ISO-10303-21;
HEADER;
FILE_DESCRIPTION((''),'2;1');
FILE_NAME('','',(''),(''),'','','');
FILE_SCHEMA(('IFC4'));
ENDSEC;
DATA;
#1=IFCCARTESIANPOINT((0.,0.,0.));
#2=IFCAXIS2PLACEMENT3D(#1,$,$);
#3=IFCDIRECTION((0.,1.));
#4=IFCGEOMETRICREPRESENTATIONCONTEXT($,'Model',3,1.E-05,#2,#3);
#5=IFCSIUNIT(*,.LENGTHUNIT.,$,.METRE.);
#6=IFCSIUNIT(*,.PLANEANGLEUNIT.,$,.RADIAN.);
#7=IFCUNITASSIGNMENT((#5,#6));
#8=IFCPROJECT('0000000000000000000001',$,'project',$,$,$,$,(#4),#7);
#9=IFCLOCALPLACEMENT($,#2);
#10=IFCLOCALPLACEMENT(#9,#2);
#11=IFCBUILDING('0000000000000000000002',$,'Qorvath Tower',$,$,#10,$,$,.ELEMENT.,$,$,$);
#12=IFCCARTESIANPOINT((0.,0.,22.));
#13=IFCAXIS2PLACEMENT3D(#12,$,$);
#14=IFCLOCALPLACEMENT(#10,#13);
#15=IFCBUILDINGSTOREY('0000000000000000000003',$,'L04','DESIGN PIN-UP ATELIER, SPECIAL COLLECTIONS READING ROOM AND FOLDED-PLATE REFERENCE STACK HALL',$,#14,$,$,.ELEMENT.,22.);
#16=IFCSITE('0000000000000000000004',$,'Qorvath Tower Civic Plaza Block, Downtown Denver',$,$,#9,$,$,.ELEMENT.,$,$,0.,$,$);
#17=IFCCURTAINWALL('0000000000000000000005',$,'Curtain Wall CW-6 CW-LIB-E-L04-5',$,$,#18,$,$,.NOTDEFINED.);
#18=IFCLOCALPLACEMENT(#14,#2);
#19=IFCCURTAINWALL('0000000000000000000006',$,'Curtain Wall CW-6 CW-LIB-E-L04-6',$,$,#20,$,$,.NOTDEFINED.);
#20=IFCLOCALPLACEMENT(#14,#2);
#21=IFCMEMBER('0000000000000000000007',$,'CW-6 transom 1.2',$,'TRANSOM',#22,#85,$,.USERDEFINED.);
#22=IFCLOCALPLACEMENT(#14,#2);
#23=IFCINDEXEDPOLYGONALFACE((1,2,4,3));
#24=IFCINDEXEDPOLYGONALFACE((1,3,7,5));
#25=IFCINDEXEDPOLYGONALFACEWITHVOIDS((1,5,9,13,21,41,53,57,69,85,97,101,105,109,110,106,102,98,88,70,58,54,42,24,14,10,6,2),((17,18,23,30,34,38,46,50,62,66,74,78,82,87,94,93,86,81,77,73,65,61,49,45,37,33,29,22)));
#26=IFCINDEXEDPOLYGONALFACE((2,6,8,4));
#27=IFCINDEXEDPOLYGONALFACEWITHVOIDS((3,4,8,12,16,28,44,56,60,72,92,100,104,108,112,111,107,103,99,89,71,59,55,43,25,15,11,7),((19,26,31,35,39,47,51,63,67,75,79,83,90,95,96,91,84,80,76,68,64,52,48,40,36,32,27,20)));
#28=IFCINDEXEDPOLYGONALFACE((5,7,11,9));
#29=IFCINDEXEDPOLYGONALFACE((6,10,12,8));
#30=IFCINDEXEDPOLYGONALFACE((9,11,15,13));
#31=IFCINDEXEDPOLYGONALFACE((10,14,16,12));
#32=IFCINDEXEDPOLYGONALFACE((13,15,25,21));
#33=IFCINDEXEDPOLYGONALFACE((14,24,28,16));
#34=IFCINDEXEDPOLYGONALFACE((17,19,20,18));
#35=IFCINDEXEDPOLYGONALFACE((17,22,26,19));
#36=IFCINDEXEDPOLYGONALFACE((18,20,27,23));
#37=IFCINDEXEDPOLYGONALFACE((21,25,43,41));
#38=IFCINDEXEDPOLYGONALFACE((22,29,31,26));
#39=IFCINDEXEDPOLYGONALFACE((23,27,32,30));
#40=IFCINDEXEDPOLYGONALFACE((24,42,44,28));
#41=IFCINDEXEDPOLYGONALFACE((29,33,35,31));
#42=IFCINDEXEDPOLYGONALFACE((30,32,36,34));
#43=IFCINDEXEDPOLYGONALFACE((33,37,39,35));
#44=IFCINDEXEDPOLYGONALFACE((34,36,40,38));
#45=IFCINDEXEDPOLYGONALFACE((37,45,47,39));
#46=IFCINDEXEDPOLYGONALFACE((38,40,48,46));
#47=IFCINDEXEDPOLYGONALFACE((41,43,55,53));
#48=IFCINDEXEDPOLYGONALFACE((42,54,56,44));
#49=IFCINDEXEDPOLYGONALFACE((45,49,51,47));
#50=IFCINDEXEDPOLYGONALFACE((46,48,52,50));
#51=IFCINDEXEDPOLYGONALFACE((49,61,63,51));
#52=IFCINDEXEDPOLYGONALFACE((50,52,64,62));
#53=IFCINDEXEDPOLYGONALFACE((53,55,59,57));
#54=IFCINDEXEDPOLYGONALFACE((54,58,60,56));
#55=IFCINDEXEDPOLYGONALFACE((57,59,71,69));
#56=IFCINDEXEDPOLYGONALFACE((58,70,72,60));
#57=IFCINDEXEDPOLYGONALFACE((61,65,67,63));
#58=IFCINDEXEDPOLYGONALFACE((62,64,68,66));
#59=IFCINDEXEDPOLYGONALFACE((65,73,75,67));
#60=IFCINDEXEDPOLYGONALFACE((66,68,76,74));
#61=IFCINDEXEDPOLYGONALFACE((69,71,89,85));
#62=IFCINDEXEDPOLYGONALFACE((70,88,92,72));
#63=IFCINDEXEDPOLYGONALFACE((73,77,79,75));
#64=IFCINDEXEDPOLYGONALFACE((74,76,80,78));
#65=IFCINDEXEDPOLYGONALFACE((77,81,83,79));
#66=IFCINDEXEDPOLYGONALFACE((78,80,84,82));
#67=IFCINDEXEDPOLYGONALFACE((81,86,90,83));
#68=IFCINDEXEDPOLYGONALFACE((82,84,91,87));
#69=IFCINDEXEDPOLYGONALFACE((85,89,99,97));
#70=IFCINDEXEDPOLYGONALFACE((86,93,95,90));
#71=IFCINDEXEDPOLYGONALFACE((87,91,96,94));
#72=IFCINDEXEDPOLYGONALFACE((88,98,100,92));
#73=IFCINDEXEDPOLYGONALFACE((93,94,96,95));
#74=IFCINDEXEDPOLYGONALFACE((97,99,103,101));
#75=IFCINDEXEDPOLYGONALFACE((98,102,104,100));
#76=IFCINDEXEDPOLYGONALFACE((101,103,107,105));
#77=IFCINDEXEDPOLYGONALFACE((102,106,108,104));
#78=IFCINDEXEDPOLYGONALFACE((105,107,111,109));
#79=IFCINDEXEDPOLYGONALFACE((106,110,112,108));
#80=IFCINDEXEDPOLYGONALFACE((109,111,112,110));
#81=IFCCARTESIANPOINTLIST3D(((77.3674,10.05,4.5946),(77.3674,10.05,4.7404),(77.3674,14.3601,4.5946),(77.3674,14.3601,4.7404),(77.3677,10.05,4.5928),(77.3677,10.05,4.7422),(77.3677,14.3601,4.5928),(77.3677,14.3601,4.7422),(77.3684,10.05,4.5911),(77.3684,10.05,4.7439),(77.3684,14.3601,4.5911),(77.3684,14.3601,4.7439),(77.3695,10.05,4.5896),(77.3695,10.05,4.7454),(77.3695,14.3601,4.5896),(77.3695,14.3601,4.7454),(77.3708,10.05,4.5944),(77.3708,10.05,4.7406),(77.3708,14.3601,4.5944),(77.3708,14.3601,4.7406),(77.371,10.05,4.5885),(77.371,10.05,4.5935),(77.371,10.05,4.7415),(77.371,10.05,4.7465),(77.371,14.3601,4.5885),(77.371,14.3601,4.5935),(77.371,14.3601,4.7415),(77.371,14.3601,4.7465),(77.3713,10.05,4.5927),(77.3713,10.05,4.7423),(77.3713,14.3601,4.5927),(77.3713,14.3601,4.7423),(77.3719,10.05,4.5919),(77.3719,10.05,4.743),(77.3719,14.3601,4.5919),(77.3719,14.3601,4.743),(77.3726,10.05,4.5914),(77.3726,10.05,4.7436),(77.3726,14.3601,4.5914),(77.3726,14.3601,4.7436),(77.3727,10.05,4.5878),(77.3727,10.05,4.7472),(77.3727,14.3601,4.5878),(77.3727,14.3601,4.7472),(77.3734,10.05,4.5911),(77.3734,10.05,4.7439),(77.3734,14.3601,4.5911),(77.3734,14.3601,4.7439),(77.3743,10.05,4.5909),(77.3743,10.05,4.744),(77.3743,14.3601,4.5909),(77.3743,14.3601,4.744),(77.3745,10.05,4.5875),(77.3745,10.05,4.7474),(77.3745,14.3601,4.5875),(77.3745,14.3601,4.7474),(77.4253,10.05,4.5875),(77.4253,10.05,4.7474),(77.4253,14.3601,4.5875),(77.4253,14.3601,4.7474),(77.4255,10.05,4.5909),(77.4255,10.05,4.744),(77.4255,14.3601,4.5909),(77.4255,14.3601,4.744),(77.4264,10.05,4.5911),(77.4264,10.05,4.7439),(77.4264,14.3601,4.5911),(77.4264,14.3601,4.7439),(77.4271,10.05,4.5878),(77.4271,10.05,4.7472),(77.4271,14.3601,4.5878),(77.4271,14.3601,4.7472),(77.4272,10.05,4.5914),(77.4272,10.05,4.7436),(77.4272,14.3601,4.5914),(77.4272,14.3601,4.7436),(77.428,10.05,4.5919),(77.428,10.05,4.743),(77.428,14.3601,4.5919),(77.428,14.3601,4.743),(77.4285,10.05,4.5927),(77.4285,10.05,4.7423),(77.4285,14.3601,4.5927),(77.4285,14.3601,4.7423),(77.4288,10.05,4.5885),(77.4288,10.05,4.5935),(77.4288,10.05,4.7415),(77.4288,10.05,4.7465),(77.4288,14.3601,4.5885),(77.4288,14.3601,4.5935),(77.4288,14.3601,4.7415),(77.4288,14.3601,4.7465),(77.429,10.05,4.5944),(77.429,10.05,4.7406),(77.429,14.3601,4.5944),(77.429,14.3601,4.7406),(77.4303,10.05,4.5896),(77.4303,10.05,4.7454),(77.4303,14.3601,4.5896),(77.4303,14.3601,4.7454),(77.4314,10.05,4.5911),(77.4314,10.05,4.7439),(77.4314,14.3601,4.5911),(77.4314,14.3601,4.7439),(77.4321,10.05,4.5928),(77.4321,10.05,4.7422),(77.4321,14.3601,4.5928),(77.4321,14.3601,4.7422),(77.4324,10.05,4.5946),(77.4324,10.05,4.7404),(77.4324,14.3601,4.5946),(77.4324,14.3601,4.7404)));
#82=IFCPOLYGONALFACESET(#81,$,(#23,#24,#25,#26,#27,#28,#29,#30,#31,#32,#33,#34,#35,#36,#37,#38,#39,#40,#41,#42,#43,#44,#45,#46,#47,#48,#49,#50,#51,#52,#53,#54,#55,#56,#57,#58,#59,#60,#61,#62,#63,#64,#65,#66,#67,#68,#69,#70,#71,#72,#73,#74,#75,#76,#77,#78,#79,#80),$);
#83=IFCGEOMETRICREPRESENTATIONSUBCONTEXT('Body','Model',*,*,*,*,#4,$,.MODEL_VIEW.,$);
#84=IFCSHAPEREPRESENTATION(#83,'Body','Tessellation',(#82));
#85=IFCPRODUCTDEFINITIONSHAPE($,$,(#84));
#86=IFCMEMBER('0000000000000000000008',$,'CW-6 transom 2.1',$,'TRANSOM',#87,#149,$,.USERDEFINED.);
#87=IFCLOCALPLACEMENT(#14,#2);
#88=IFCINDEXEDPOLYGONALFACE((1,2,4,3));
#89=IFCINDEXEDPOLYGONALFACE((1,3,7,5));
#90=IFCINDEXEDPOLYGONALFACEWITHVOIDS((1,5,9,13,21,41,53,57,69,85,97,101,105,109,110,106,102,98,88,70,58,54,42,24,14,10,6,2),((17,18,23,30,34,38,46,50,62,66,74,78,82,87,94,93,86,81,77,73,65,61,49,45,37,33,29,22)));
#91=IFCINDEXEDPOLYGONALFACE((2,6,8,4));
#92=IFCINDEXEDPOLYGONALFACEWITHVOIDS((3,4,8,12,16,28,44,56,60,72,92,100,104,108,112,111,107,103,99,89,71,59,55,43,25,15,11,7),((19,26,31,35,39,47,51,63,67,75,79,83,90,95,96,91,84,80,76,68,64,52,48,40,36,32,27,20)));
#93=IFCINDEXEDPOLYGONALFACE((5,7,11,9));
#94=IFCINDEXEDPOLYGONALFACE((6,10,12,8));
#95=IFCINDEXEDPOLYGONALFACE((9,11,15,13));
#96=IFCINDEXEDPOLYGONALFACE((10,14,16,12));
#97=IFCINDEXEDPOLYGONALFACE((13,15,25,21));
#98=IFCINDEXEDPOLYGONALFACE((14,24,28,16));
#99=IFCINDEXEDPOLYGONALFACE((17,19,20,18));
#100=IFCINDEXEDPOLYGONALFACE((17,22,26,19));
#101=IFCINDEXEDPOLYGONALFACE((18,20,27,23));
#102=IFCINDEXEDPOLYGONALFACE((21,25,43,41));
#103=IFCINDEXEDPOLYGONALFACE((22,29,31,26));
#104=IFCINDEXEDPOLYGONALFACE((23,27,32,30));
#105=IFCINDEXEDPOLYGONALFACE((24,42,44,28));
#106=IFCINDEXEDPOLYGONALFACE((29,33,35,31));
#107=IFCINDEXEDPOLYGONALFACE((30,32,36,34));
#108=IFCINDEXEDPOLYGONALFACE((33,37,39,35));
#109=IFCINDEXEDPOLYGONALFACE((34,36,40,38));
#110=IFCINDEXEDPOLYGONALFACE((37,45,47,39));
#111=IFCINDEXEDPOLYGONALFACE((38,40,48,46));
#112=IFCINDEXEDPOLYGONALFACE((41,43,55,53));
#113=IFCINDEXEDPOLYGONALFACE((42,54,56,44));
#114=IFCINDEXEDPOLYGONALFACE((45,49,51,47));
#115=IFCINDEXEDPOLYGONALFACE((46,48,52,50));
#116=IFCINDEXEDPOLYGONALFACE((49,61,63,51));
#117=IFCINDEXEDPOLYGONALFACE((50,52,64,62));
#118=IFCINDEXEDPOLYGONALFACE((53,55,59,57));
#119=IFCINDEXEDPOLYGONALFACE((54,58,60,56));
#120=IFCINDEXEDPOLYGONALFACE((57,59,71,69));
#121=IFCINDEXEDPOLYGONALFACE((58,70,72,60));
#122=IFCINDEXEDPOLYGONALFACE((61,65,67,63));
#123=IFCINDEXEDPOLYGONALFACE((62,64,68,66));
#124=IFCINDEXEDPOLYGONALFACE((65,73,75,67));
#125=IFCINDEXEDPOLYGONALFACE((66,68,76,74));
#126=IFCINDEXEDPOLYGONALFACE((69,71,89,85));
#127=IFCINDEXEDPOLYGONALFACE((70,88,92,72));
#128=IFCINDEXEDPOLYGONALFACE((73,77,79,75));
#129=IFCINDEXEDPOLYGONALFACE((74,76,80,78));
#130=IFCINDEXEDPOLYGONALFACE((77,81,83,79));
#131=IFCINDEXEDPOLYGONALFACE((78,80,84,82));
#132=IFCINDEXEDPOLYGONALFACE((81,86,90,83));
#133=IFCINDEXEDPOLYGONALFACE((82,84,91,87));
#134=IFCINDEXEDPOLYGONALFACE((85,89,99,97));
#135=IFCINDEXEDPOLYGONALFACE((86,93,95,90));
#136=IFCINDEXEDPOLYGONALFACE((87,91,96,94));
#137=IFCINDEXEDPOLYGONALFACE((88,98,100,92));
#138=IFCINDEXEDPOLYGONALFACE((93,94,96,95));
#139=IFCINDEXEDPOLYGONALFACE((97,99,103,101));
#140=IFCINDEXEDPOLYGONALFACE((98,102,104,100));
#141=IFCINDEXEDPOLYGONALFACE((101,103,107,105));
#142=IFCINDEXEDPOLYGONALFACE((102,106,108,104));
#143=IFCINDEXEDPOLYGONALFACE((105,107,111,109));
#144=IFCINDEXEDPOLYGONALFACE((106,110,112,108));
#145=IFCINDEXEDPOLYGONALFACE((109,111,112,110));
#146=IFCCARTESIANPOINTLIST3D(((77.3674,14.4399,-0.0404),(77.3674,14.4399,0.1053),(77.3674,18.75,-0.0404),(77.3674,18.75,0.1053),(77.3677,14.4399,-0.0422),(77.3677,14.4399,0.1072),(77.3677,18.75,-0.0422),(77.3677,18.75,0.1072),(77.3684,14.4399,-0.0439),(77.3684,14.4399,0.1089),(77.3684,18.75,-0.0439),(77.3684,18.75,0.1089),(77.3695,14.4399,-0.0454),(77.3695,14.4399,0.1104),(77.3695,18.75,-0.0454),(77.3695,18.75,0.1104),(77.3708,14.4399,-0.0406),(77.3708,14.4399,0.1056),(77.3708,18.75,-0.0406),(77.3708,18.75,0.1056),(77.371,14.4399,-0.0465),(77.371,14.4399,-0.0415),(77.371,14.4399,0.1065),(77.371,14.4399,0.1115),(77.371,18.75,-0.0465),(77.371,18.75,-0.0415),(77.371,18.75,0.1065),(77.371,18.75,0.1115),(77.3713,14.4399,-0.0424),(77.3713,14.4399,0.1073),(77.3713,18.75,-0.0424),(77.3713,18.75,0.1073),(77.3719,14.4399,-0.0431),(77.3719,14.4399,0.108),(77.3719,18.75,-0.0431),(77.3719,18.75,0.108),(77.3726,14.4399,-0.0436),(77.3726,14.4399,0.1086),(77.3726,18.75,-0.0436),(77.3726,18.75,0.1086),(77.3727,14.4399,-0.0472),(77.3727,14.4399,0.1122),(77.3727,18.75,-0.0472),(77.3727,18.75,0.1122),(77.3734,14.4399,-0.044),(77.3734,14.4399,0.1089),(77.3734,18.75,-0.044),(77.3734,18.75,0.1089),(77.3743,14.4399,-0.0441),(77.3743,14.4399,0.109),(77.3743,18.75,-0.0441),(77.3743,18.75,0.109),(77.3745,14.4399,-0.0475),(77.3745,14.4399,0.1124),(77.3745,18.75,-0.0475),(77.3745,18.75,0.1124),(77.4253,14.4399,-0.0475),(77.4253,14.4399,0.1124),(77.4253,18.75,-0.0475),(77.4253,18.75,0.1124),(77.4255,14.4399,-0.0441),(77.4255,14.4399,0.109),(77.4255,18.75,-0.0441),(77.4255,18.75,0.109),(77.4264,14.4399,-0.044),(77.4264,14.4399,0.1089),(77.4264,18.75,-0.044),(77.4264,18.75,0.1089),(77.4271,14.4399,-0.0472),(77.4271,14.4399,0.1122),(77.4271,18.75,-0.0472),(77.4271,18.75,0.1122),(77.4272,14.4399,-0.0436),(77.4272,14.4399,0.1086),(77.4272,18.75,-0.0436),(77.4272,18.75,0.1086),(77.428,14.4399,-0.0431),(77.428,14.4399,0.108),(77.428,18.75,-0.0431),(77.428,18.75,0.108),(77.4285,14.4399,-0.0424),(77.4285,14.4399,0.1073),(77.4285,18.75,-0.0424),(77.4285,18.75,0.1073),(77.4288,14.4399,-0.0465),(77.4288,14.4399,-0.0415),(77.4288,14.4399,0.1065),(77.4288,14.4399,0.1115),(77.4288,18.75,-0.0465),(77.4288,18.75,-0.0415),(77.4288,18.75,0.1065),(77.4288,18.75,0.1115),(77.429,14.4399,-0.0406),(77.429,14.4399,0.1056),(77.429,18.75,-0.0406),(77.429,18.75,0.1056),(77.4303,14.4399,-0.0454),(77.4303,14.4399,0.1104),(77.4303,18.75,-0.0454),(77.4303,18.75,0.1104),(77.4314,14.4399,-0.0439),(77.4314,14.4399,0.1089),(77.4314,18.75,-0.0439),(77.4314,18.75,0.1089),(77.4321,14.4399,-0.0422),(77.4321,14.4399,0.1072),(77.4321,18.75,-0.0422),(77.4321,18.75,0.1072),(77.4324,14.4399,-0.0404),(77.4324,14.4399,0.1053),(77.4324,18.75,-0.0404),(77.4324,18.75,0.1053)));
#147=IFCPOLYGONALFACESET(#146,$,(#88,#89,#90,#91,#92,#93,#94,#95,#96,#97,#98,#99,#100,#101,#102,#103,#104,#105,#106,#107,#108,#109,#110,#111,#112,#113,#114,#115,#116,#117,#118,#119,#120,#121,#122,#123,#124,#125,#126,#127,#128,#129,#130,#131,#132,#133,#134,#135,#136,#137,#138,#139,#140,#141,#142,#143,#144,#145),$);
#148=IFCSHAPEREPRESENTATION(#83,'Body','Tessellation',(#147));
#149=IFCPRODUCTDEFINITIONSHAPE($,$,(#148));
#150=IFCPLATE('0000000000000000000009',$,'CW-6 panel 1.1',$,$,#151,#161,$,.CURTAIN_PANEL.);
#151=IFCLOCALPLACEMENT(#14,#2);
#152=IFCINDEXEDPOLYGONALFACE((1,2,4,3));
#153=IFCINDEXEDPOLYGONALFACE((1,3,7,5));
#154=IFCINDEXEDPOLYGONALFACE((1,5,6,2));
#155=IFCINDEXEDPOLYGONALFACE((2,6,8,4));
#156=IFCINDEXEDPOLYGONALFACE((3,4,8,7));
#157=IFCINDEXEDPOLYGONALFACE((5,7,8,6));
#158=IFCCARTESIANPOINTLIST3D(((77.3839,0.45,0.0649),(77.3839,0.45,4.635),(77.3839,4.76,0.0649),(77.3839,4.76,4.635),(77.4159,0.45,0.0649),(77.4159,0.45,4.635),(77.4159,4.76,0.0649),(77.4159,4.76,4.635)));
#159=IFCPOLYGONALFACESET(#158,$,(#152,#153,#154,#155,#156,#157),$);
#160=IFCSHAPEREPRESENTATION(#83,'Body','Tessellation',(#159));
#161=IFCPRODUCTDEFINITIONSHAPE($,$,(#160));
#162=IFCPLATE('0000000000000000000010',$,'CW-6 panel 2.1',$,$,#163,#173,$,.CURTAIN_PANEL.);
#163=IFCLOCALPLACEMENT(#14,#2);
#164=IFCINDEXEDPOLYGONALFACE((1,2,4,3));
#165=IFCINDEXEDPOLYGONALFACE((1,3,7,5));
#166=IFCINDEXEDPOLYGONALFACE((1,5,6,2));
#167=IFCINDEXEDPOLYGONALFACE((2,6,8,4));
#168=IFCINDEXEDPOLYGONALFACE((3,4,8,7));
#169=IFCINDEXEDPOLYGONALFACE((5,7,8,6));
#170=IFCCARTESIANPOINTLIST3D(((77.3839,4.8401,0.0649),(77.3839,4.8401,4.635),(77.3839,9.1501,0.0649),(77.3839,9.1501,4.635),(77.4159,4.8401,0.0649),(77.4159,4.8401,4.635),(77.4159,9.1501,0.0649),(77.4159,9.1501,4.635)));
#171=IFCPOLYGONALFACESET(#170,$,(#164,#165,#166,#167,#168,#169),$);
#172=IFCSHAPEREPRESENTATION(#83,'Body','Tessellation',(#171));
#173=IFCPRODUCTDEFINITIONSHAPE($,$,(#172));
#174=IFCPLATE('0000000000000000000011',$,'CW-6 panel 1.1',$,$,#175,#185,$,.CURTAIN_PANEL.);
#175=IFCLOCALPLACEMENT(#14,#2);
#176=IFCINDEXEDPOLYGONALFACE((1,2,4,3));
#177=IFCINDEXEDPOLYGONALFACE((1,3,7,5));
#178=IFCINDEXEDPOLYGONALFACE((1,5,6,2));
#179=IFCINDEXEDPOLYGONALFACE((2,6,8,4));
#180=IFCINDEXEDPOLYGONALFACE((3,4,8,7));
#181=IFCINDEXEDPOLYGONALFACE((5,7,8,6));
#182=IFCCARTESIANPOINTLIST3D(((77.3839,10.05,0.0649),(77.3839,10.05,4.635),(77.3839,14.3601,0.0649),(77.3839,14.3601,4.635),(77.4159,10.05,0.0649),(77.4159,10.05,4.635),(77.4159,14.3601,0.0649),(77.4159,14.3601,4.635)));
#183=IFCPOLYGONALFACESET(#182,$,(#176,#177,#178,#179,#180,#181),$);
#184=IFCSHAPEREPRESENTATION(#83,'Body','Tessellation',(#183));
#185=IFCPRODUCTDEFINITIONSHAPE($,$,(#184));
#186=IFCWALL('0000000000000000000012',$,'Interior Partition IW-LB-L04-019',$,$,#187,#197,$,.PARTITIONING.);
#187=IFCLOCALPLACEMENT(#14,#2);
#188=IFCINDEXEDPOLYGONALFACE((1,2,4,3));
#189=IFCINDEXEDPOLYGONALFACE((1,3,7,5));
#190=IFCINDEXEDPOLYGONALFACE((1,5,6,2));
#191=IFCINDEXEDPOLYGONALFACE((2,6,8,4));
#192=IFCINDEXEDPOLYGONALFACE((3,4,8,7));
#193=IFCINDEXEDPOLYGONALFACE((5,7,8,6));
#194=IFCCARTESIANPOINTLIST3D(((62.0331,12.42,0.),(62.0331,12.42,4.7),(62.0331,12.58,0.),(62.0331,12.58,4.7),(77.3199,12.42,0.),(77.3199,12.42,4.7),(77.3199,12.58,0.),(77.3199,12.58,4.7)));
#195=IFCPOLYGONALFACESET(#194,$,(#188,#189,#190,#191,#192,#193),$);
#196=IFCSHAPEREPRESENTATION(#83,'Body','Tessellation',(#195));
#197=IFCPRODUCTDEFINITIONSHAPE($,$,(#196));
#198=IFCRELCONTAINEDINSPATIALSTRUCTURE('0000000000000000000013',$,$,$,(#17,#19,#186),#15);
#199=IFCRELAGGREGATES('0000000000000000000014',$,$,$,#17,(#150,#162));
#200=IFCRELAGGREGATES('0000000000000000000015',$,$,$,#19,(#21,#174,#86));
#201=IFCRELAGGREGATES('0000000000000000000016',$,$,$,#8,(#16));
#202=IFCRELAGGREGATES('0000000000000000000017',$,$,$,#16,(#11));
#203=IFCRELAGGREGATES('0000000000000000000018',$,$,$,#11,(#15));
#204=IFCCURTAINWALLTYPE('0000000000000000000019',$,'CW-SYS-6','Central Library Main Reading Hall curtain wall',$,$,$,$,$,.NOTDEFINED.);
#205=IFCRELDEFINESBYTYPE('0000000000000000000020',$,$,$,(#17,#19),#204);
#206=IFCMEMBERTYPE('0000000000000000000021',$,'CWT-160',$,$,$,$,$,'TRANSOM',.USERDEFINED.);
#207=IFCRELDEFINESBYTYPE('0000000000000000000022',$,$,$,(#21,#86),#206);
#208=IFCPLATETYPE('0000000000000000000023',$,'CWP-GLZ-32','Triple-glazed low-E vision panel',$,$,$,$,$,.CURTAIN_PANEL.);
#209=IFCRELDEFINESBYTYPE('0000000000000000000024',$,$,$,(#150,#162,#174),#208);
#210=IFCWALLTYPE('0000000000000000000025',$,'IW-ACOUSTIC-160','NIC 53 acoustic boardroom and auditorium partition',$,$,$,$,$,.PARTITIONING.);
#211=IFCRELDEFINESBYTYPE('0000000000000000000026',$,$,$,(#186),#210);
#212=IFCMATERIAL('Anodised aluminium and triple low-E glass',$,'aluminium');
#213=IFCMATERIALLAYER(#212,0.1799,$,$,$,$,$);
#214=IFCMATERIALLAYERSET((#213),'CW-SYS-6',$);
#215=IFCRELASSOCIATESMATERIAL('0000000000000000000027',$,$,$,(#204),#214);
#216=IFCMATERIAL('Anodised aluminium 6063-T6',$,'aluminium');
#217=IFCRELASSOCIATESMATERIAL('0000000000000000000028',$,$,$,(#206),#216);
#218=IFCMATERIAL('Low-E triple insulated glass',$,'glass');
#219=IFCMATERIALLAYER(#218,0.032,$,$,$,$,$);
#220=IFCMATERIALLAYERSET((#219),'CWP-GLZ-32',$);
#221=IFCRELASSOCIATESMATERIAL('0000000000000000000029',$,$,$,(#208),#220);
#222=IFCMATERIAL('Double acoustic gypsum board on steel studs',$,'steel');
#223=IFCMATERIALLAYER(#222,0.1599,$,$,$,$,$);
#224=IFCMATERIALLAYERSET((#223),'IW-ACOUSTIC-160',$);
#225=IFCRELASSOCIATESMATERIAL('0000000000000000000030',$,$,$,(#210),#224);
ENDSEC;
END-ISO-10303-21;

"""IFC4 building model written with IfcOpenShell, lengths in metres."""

from ifc_helpers import new_model, si_unit, direction, frame, frame_2d, origin, origin_2d, place, context, subcontext, project, spatial, rectangle, hollow_rectangle, extrude, material, layer, layer_set, material_profile, profile_set, type_object, element, aggregate, save


model = new_model("IFC4")

# Units and contexts
model_context = context("Model", 3, precision=1e-05, world=origin(), true_north=direction((0.0, 1.0)))
body_context = subcontext(model_context, "Body", "Model", "MODEL_VIEW")
ifc_project = project(units=[si_unit("LENGTHUNIT", "METRE"), si_unit("PLANEANGLEUNIT", "RADIAN")], contexts=[model_context])

# Site, building, storey
site_placement = place(None, origin())
site = spatial("IfcSite", under=ifc_project, at=site_placement, Name="Qorvath Tower Civic Plaza Block, Downtown Denver", CompositionType="ELEMENT", RefElevation=0.0)
building_placement = place(site_placement, origin())
building = spatial("IfcBuilding", under=site, at=building_placement, Name="Qorvath Tower", CompositionType="ELEMENT")
storey_placement = place(building_placement, frame((0.0, 0.0, 22.0)))
storey = spatial("IfcBuildingStorey", under=building, at=storey_placement, Name="L04", Description="DESIGN PIN-UP ATELIER, SPECIAL COLLECTIONS READING ROOM AND FOLDED-PLATE REFERENCE STACK HALL", CompositionType="ELEMENT", Elevation=22.0)

# Curtain walls
ifc_material_1 = material(Name="Anodised aluminium and triple low-E glass", Category="aluminium")
ifc_layer_1 = layer(ifc_material_1, 0.1799)
ifc_layer_set_1 = layer_set([ifc_layer_1], Name="CW-SYS-6")
curtain_wall_type = type_object("IfcCurtainWallType", Name="CW-SYS-6", Description="Central Library Main Reading Hall curtain wall", PredefinedType="NOTDEFINED", material=ifc_layer_set_1)
curtain_wall_1_placement = place(storey_placement, origin())
curtain_wall_1 = element("IfcCurtainWall", 1, at=curtain_wall_1_placement, inside=storey, type_object=curtain_wall_type, Name="Curtain Wall CW-6 CW-LIB-E-L04-5", PredefinedType="NOTDEFINED")
curtain_wall_2_placement = place(storey_placement, origin())
curtain_wall_2 = element("IfcCurtainWall", 2, at=curtain_wall_2_placement, inside=storey, type_object=curtain_wall_type, Name="Curtain Wall CW-6 CW-LIB-E-L04-6", PredefinedType="NOTDEFINED")

# Members
ifc_material_2 = material(Name="Anodised aluminium 6063-T6", Category="aluminium")
ifc_material_profile_1 = material_profile(ifc_material_2, hollow_rectangle(XDim=0.0649, YDim=0.1599, WallThickness=0.0034, InnerFilletRadius=0.0034, OuterFilletRadius=0.0071, at=origin_2d()), Name="CWT 160x65")
ifc_profile_set_1 = profile_set([ifc_material_profile_1], Name="Anodised aluminium 6063-T6")
member_type_1 = type_object("IfcMemberType", Name="CWT-160", ElementType="TRANSOM", PredefinedType="USERDEFINED", material=ifc_profile_set_1)
member_1_placement = place(storey_placement, frame((77.3999, 10.05, 4.6675), z_axis=(0.0, 1.0, 0.0), x_axis=(-1.0, 0.0, 0.0)))
member_1 = element("IfcMember", 3, at=member_1_placement, type_object=member_type_1, Name="CW-6 transom 1.2", ObjectType="TRANSOM", PredefinedType="USERDEFINED", context=body_context, shape_type="SweptSolid", body=[
    extrude(hollow_rectangle(XDim=0.0649, YDim=0.1599, WallThickness=0.0034, InnerFilletRadius=0.0034, OuterFilletRadius=0.0071, at=origin_2d()), origin(), (0.0, 0.0, 1.0), 4.3101),
])
member_2_placement = place(storey_placement, frame((77.3999, 14.4399, 0.0325), z_axis=(0.0, 1.0, 0.0), x_axis=(-1.0, 0.0, 0.0)))
member_2 = element("IfcMember", 4, at=member_2_placement, type_object=member_type_1, Name="CW-6 transom 2.1", ObjectType="TRANSOM", PredefinedType="USERDEFINED", context=body_context, shape_type="SweptSolid", body=[
    extrude(hollow_rectangle(XDim=0.0649, YDim=0.1599, WallThickness=0.0034, InnerFilletRadius=0.0034, OuterFilletRadius=0.0071, at=origin_2d()), origin(), (0.0, 0.0, 1.0), 4.3101),
])

# Plates
ifc_material_3 = material(Name="Low-E triple insulated glass", Category="glass")
ifc_layer_2 = layer(ifc_material_3, 0.032)
ifc_layer_set_2 = layer_set([ifc_layer_2], Name="CWP-GLZ-32")
plate_type = type_object("IfcPlateType", Name="CWP-GLZ-32", Description="Triple-glazed low-E vision panel", PredefinedType="CURTAIN_PANEL", material=ifc_layer_set_2)
plate_1_placement = place(storey_placement, frame((77.3999, 2.605, 0.0649), z_axis=(0.0, 0.0, 1.0), x_axis=(0.0, 1.0, 0.0)))
plate_1 = element("IfcPlate", 5, at=plate_1_placement, type_object=plate_type, Name="CW-6 panel 1.1", PredefinedType="CURTAIN_PANEL", context=body_context, shape_type="SweptSolid", body=[
    extrude(rectangle(XDim=4.3101, YDim=0.032, at=origin_2d()), origin(), (0.0, 0.0, 1.0), 4.5701),
])
plate_2_placement = place(storey_placement, frame((77.3999, 6.9951, 0.0649), z_axis=(0.0, 0.0, 1.0), x_axis=(0.0, 1.0, 0.0)))
plate_2 = element("IfcPlate", 6, at=plate_2_placement, type_object=plate_type, Name="CW-6 panel 2.1", PredefinedType="CURTAIN_PANEL", context=body_context, shape_type="SweptSolid", body=[
    extrude(rectangle(XDim=4.3101, YDim=0.032, at=origin_2d()), origin(), (0.0, 0.0, 1.0), 4.5701),
])
aggregate(curtain_wall_1, [plate_1, plate_2])
plate_3_placement = place(storey_placement, frame((77.3999, 12.2051, 0.0649), z_axis=(0.0, 0.0, 1.0), x_axis=(0.0, 1.0, 0.0)))
plate_3 = element("IfcPlate", 7, at=plate_3_placement, type_object=plate_type, Name="CW-6 panel 1.1", PredefinedType="CURTAIN_PANEL", context=body_context, shape_type="SweptSolid", body=[
    extrude(rectangle(XDim=4.3101, YDim=0.032, at=origin_2d()), origin(), (0.0, 0.0, 1.0), 4.5701),
])
aggregate(curtain_wall_2, [member_1, plate_3, member_2])

# Wall
ifc_material_4 = material(Name="Double acoustic gypsum board on steel studs", Category="steel")
ifc_layer_3 = layer(ifc_material_4, 0.1599)
ifc_layer_set_3 = layer_set([ifc_layer_3], Name="IW-ACOUSTIC-160")
wall_type = type_object("IfcWallType", Name="IW-ACOUSTIC-160", Description="NIC 53 acoustic boardroom and auditorium partition", PredefinedType="PARTITIONING", material=ifc_layer_set_3)
wall_placement = place(storey_placement, frame((77.3201, 12.5, 0.0), z_axis=(0.0, 0.0, 1.0), x_axis=(-1.0, 0.0, 0.0)))
element("IfcWall", 8, at=wall_placement, inside=storey, type_object=wall_type, Name="Interior Partition IW-LB-L04-019", PredefinedType="PARTITIONING", context=body_context, shape_type="SweptSolid", body=[
    extrude(rectangle(XDim=15.2869, YDim=0.1599, at=frame_2d((7.6436, 0.0))), origin(), (0.0, 0.0, 1.0), 4.7),
])

save(model, "model.ifc")
